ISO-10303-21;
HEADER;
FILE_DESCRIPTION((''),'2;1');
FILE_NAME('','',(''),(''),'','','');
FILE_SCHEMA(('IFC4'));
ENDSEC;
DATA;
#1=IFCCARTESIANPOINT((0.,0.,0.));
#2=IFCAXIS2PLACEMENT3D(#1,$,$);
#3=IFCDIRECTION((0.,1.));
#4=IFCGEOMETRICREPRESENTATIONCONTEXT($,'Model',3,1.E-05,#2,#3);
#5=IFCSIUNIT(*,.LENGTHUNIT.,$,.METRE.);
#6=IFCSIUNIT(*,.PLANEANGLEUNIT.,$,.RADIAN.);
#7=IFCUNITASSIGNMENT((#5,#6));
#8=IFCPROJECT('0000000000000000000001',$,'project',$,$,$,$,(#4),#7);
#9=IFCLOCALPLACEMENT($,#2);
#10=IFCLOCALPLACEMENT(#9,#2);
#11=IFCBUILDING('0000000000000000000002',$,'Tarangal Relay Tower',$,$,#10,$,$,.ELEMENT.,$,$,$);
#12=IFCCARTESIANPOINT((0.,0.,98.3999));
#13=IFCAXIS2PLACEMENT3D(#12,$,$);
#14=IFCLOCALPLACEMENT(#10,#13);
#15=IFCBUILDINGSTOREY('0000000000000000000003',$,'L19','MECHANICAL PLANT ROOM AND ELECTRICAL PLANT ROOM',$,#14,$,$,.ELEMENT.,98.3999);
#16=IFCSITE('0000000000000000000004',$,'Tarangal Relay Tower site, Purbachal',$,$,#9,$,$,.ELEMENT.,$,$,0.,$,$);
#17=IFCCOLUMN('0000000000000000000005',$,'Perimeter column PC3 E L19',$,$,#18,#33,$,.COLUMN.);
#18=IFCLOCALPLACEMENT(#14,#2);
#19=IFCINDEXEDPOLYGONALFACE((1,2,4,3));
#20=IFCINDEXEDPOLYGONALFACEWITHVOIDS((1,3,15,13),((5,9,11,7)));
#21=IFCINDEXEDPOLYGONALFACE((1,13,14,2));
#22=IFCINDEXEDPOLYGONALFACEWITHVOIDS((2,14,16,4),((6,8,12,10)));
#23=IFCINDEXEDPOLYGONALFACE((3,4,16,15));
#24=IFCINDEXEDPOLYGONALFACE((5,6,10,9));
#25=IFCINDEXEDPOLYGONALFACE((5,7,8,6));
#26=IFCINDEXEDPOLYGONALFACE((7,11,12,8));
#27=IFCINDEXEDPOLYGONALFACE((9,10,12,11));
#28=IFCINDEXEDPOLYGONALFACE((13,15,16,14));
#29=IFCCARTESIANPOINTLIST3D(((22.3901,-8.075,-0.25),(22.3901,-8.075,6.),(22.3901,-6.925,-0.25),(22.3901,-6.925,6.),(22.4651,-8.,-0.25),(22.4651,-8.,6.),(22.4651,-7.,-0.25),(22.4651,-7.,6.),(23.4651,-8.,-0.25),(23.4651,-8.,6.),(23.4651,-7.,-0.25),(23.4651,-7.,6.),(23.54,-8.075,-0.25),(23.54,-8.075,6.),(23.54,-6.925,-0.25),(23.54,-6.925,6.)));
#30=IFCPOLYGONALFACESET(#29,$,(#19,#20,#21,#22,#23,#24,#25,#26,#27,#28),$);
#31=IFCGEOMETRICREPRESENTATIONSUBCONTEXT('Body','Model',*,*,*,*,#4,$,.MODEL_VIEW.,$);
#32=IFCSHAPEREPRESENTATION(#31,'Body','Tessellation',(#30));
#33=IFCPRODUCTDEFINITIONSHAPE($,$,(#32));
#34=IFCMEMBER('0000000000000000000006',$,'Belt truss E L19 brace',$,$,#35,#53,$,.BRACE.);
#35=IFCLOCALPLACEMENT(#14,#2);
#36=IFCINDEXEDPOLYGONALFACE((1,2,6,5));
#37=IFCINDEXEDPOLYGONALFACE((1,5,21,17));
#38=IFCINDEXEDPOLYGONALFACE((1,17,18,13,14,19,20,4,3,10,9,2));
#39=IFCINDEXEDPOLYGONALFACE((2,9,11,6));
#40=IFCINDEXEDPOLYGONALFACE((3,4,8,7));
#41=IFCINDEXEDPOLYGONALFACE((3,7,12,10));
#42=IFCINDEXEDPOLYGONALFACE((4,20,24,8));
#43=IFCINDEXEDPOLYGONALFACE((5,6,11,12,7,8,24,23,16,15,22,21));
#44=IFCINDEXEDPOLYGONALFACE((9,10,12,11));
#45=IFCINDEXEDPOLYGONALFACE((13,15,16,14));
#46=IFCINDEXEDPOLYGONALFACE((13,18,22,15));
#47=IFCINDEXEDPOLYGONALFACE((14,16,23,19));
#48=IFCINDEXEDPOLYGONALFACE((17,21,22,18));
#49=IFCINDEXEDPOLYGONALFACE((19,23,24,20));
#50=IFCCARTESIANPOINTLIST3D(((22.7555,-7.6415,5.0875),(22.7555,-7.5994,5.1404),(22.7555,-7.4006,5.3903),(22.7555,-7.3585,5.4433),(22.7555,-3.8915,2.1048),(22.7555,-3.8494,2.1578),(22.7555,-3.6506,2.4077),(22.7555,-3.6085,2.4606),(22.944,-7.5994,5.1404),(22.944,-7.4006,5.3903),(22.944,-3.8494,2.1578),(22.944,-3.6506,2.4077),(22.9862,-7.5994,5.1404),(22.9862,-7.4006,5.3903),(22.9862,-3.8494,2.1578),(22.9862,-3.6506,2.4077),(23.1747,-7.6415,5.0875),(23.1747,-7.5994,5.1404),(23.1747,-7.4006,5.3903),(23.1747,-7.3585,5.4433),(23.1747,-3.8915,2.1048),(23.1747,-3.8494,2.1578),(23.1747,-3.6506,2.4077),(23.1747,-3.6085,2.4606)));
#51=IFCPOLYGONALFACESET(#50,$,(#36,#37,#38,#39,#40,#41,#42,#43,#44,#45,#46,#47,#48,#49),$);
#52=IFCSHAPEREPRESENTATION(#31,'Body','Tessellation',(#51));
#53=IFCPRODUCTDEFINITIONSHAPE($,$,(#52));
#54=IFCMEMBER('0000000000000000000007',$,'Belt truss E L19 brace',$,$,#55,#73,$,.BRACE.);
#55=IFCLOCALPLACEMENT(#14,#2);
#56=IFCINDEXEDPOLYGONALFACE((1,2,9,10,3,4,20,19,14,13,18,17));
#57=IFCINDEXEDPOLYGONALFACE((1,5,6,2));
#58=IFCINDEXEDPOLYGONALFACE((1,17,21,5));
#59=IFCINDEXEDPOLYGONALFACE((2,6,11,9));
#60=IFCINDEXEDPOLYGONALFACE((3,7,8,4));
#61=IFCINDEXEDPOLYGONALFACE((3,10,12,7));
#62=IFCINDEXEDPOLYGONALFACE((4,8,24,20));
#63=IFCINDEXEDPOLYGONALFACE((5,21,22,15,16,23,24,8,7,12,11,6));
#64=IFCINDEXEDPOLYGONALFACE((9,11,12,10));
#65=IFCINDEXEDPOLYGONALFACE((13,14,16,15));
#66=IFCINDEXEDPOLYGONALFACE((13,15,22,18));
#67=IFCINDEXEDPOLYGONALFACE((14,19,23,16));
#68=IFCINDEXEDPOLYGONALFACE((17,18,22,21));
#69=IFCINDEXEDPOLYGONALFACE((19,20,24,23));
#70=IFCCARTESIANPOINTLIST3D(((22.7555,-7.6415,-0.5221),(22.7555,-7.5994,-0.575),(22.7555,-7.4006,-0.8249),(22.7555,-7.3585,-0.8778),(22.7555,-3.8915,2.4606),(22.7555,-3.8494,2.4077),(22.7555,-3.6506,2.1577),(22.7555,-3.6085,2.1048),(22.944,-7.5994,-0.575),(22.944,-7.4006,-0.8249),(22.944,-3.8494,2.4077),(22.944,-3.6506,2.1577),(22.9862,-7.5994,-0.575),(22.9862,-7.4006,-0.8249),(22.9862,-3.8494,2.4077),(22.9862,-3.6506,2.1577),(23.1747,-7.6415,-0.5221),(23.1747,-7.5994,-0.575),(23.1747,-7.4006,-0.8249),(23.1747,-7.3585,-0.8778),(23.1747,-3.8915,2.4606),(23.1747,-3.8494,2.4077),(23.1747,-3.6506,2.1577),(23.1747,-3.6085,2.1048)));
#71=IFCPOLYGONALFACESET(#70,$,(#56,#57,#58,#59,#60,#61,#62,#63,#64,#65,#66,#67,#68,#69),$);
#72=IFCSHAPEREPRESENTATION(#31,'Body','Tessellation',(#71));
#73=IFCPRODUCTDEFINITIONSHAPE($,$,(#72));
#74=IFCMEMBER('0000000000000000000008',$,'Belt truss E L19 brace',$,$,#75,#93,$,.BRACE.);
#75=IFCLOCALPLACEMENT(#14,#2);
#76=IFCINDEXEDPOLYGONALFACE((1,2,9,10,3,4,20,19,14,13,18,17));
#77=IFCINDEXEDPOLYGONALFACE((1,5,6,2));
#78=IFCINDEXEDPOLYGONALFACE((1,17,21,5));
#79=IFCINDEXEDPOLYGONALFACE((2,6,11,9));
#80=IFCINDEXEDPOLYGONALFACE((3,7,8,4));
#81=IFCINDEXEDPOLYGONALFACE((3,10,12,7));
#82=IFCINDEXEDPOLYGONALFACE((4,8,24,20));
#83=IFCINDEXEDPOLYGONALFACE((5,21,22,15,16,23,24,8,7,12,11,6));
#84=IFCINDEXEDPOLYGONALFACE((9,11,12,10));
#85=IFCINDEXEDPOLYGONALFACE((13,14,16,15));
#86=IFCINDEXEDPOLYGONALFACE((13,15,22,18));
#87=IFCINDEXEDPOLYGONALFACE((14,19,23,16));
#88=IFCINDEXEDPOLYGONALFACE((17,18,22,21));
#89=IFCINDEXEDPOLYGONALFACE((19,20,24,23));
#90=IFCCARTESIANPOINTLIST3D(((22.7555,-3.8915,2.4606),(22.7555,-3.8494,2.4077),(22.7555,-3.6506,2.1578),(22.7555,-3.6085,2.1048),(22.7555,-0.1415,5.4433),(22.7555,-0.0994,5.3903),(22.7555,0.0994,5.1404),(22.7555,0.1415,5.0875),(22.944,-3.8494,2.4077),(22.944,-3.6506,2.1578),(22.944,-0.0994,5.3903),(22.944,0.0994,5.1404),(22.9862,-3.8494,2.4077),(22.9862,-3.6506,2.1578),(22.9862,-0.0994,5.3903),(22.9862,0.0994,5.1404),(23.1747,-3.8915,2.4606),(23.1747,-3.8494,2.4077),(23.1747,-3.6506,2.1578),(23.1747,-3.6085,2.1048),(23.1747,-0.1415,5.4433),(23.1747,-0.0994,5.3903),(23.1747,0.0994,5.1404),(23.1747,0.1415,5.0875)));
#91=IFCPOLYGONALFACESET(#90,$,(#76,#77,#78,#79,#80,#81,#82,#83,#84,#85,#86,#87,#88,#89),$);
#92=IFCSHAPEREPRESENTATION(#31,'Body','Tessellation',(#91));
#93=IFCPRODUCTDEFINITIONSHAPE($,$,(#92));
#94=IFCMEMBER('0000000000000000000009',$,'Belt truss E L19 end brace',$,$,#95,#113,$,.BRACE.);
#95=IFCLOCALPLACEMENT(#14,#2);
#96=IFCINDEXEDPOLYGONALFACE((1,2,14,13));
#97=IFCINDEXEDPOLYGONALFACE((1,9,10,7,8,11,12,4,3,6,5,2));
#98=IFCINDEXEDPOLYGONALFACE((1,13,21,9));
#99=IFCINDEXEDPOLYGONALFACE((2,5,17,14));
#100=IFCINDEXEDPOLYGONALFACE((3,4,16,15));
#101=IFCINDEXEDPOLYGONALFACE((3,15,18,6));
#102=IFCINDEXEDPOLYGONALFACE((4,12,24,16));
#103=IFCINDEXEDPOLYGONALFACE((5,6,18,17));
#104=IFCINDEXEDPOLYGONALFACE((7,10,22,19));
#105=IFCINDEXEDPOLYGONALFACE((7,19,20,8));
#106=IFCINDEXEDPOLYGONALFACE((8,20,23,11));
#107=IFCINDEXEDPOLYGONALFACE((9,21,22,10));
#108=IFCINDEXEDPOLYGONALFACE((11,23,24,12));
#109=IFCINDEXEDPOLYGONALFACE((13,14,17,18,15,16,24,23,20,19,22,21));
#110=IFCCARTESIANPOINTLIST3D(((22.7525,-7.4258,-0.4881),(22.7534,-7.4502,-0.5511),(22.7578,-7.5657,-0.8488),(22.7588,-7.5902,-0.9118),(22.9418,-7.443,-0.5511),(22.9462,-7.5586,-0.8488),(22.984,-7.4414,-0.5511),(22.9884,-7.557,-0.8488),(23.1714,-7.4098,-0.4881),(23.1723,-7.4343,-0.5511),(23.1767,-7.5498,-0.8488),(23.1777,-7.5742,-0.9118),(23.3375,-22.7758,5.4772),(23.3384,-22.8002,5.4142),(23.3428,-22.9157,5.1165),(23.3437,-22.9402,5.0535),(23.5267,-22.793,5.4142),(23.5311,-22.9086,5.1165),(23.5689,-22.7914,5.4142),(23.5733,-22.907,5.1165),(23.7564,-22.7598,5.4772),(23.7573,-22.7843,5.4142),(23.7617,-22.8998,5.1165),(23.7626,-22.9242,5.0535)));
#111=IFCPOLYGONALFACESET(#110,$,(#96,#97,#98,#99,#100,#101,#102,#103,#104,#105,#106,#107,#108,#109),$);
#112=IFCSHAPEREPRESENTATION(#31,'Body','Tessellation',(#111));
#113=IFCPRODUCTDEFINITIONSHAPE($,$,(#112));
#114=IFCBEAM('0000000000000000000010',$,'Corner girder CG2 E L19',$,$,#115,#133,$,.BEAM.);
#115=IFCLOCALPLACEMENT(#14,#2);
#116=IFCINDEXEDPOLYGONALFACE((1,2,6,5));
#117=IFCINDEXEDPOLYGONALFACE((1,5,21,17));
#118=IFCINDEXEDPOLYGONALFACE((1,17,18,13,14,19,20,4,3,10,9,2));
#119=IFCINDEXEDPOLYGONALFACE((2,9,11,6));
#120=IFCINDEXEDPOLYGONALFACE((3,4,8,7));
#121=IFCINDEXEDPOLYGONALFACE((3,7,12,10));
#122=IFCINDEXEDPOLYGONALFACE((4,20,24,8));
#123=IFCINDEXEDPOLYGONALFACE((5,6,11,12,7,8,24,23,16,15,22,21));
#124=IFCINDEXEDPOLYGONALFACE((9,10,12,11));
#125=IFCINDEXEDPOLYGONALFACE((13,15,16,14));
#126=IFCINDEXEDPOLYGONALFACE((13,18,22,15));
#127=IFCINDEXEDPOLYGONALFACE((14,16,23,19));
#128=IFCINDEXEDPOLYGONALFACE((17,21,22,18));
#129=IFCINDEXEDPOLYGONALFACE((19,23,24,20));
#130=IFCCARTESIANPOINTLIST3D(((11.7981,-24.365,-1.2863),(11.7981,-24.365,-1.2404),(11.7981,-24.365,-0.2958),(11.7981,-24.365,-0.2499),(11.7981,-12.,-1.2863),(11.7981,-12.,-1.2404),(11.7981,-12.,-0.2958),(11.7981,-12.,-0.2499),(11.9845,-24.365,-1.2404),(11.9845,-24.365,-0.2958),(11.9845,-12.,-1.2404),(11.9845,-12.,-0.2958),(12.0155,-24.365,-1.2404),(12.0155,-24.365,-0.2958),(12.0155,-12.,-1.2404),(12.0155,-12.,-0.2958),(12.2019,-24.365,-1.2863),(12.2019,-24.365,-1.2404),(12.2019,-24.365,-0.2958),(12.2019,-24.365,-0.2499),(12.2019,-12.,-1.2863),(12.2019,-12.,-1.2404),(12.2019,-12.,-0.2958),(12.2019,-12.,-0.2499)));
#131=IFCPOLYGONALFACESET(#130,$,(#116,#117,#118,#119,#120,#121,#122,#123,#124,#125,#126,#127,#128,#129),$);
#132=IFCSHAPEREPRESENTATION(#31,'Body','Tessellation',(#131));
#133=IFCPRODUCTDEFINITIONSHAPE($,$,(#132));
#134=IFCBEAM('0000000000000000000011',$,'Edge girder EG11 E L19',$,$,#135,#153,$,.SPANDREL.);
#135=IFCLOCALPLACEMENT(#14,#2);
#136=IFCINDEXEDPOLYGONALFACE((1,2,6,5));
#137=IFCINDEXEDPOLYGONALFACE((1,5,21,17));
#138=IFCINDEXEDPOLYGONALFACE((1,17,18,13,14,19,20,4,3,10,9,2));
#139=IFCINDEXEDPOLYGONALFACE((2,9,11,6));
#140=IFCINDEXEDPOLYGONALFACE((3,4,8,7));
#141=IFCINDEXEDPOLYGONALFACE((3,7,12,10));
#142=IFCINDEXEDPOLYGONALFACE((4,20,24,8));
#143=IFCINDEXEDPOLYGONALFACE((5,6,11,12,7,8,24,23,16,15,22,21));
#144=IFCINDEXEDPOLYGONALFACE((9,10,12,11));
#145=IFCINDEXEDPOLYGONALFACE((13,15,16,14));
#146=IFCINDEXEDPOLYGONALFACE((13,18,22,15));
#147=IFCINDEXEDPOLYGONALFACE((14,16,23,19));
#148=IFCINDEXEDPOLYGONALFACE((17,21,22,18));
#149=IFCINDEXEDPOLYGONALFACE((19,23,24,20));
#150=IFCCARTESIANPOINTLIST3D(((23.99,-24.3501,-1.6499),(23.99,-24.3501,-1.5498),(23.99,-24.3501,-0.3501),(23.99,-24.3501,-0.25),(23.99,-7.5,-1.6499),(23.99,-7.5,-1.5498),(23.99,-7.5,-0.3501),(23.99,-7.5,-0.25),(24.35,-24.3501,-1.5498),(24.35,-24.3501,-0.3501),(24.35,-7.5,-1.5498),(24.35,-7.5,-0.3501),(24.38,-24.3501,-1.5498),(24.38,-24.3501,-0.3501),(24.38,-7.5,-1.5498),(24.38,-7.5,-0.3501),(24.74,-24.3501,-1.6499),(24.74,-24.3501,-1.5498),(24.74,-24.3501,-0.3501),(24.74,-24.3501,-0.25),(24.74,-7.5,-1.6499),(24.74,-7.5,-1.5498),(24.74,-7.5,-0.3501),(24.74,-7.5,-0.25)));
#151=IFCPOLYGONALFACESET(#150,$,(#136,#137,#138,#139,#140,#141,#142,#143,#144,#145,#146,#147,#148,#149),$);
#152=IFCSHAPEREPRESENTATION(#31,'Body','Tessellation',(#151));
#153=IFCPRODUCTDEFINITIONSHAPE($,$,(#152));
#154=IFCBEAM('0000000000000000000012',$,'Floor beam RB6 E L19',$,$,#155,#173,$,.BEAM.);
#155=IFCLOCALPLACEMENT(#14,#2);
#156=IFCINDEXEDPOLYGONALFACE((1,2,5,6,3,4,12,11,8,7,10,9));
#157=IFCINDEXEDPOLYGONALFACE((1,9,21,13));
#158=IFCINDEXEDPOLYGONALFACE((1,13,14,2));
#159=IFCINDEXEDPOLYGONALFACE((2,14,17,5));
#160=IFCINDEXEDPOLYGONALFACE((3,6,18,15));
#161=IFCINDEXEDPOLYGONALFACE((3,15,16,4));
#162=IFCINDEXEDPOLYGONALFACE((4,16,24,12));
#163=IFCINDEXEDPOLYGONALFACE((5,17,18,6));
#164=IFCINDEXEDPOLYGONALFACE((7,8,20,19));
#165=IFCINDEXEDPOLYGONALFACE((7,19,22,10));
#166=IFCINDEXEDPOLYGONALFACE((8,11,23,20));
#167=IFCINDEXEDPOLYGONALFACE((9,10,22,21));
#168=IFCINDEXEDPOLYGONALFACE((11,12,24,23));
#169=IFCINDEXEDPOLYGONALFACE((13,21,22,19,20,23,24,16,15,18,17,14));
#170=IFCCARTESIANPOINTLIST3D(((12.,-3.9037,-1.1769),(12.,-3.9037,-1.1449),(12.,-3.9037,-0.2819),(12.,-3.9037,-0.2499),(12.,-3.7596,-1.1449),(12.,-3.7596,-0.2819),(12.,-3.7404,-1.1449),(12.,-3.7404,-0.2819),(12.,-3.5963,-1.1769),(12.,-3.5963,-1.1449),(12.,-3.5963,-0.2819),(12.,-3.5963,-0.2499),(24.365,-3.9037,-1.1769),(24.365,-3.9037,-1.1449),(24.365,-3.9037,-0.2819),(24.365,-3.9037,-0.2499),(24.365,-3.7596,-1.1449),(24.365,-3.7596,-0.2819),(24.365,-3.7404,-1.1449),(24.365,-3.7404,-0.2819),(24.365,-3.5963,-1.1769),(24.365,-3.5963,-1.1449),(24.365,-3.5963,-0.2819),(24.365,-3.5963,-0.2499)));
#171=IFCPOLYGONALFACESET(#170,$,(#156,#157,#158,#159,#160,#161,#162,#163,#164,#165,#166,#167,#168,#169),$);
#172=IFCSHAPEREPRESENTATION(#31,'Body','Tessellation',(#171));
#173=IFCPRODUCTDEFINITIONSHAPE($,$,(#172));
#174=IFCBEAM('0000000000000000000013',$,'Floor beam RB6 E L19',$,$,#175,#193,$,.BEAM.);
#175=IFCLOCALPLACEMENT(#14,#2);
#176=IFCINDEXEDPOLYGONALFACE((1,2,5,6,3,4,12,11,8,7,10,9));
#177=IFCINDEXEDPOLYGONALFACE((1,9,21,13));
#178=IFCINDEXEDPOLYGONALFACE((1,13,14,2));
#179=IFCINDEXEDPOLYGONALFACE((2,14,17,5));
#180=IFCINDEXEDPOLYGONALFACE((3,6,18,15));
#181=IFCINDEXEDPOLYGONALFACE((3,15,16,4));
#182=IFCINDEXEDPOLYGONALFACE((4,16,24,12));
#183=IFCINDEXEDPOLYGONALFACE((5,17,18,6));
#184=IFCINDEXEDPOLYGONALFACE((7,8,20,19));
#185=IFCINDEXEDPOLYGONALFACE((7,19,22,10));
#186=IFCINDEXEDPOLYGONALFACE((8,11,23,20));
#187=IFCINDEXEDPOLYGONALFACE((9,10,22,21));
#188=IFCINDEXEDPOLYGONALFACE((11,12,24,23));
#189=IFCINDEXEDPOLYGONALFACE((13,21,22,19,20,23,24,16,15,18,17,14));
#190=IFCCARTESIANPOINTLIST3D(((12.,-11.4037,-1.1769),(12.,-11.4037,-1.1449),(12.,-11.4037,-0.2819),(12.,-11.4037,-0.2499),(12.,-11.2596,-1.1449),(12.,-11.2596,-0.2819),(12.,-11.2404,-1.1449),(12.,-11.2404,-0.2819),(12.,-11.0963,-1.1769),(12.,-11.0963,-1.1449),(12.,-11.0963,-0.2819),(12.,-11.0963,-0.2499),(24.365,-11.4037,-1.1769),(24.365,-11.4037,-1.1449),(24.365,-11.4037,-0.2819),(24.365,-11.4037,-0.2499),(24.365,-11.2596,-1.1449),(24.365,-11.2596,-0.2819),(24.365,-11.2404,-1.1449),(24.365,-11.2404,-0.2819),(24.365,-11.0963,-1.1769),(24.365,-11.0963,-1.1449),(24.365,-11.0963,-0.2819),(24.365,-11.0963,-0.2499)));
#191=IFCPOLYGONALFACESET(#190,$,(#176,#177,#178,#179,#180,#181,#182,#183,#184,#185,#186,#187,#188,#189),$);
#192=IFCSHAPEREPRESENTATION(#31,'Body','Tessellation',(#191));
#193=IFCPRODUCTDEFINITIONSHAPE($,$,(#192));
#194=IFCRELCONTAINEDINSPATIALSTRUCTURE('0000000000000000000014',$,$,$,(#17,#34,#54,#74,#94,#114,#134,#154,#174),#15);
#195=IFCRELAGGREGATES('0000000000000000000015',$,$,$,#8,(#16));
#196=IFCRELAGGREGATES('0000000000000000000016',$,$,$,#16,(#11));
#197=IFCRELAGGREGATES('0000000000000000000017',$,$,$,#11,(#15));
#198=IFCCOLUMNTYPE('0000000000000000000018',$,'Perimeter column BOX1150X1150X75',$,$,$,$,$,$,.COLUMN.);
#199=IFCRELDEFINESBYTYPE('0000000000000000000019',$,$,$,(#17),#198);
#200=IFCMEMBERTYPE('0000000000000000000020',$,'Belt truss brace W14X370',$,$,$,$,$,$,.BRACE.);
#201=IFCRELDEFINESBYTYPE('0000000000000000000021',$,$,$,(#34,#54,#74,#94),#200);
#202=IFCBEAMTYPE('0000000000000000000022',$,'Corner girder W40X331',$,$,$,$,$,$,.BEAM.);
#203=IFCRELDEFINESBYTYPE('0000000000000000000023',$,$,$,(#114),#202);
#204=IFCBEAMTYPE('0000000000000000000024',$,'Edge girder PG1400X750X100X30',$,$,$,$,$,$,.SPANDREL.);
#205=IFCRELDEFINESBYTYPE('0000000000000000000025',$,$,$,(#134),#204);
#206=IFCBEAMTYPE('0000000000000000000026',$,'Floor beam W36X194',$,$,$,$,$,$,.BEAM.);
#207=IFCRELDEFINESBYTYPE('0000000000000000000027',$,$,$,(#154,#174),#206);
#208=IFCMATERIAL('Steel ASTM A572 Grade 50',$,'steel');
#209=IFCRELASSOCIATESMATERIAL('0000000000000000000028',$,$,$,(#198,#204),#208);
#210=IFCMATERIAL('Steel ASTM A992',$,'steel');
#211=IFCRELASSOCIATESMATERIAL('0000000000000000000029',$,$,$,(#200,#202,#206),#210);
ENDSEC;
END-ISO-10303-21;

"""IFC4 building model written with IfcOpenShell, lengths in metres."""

from ifc_helpers import new_model, si_unit, direction, frame, origin, origin_2d, place, context, subcontext, project, spatial, hollow_rectangle, i_section, extrude, material, material_profile, profile_set, type_object, element, save


model = new_model("IFC4")

# Units and contexts
model_context = context("Model", 3, precision=1e-05, world=origin(), true_north=direction((0.0, 1.0)))
body_context = subcontext(model_context, "Body", "Model", "MODEL_VIEW")
ifc_project = project(units=[si_unit("LENGTHUNIT", "METRE"), si_unit("PLANEANGLEUNIT", "RADIAN")], contexts=[model_context])

# Site, building, storey
site_placement = place(None, origin())
site = spatial("IfcSite", under=ifc_project, at=site_placement, Name="Tarangal Relay Tower site, Purbachal", CompositionType="ELEMENT", RefElevation=0.0)
building_placement = place(site_placement, origin())
building = spatial("IfcBuilding", under=site, at=building_placement, Name="Tarangal Relay Tower", CompositionType="ELEMENT")
storey_placement = place(building_placement, frame((0.0, 0.0, 98.3999)))
storey = spatial("IfcBuildingStorey", under=building, at=storey_placement, Name="L19", Description="MECHANICAL PLANT ROOM AND ELECTRICAL PLANT ROOM", CompositionType="ELEMENT", Elevation=98.3999)

# Column
ifc_material_1 = material(Name="Steel ASTM A572 Grade 50", Category="steel")
ifc_material_profile_1 = material_profile(ifc_material_1, hollow_rectangle(XDim=1.1499, YDim=1.1499, WallThickness=0.075, at=origin_2d()), Name="BOX1150X1150X75")
ifc_profile_set_1 = profile_set([ifc_material_profile_1], Name="Steel ASTM A572 Grade 50")
column_type = type_object("IfcColumnType", Name="Perimeter column BOX1150X1150X75", PredefinedType="COLUMN", material=ifc_profile_set_1)
column_placement = place(storey_placement, frame((22.9651, -7.5, -0.25), z_axis=(0.0, 0.0, 1.0), x_axis=(1.0, 0.0, 0.0)))
element("IfcColumn", 1, at=column_placement, inside=storey, type_object=column_type, Name="Perimeter column PC3 E L19", PredefinedType="COLUMN", context=body_context, shape_type="SweptSolid", body=[
    extrude(hollow_rectangle(XDim=1.1499, YDim=1.1499, WallThickness=0.075, at=origin_2d()), origin(), (0.0, 0.0, 1.0), 6.25),
])

# Members
ifc_material_2 = material(Name="Steel ASTM A992", Category="steel")
ifc_material_profile_2 = material_profile(ifc_material_2, i_section(OverallWidth=0.4192, OverallDepth=0.4546, WebThickness=0.0422, FlangeThickness=0.0676, at=origin_2d()), Name="W14X370")
ifc_profile_set_2 = profile_set([ifc_material_profile_2], Name="Steel ASTM A992")
member_type_1 = type_object("IfcMemberType", Name="Belt truss brace W14X370", PredefinedType="BRACE", material=ifc_profile_set_2)
for number, where, z_axis, x_axis, name in (
    (2, (22.9651, -3.75, 2.2827), (0.0, -0.78263, 0.622487), (1.0, 0.0, 0.0), "Belt truss E L19 brace"),
    (3, (22.9651, -7.5, -0.7), (0.0, 0.78263, 0.622487), (-1.0, 0.0, 0.0), "Belt truss E L19 brace"),
    (4, (22.9651, -3.75, 2.2827), (0.0, 0.78263, 0.622487), (-1.0, 0.0, 0.0), "Belt truss E L19 brace"),
):
    element("IfcMember", number, at=place(storey_placement, frame(where, z_axis=z_axis, x_axis=x_axis)), inside=storey, type_object=member_type_1, Name=name, PredefinedType="BRACE", context=body_context, shape_type="SweptSolid", body=[
        extrude(i_section(OverallWidth=0.4192, OverallDepth=0.4546, WebThickness=0.0422, FlangeThickness=0.0676, at=origin_2d()), origin(), (0.0, 0.0, 1.0), 4.7915),
    ])
member_1_placement = place(storey_placement, frame((22.9651, -7.5, -0.7), z_axis=(0.035498, -0.931502, 0.361999), x_axis=(0.999275, 0.03808, 0.0)))
element("IfcMember", 5, at=member_1_placement, inside=storey, type_object=member_type_1, Name="Belt truss E L19 end brace", PredefinedType="BRACE", context=body_context, shape_type="SweptSolid", body=[
    extrude(i_section(OverallWidth=0.4192, OverallDepth=0.4546, WebThickness=0.0422, FlangeThickness=0.0676, at=origin_2d()), origin(), (0.0, 0.0, 1.0), 16.4788),
])

# Beams
ifc_material_profile_3 = material_profile(ifc_material_2, i_section(OverallWidth=0.4038, OverallDepth=1.0364, WebThickness=0.031, FlangeThickness=0.0459, at=origin_2d()), Name="W40X331")
ifc_profile_set_3 = profile_set([ifc_material_profile_3], Name="Steel ASTM A992")
beam_type_1 = type_object("IfcBeamType", Name="Corner girder W40X331", PredefinedType="BEAM", material=ifc_profile_set_3)
beam_1_placement = place(storey_placement, frame((12.0, -12.0, -0.7681), z_axis=(0.0, -1.0, 0.0), x_axis=(1.0, 0.0, 0.0)))
element("IfcBeam", 6, at=beam_1_placement, inside=storey, type_object=beam_type_1, Name="Corner girder CG2 E L19", PredefinedType="BEAM", context=body_context, shape_type="SweptSolid", body=[
    extrude(i_section(OverallWidth=0.4038, OverallDepth=1.0364, WebThickness=0.031, FlangeThickness=0.0459, at=origin_2d()), origin(), (0.0, 0.0, 1.0), 12.365),
])
ifc_material_profile_4 = material_profile(ifc_material_1, i_section(OverallWidth=0.75, OverallDepth=1.3999, WebThickness=0.03, FlangeThickness=0.1001, at=origin_2d()), Name="PG1400X750X100X30")
ifc_profile_set_4 = profile_set([ifc_material_profile_4], Name="Steel ASTM A572 Grade 50")
beam_type_2 = type_object("IfcBeamType", Name="Edge girder PG1400X750X100X30", PredefinedType="SPANDREL", material=ifc_profile_set_4)
beam_2_placement = place(storey_placement, frame((24.365, -7.5, -0.95), z_axis=(0.0, -1.0, 0.0), x_axis=(1.0, 0.0, 0.0)))
element("IfcBeam", 7, at=beam_2_placement, inside=storey, type_object=beam_type_2, Name="Edge girder EG11 E L19", PredefinedType="SPANDREL", context=body_context, shape_type="SweptSolid", body=[
    extrude(i_section(OverallWidth=0.75, OverallDepth=1.3999, WebThickness=0.03, FlangeThickness=0.1001, at=origin_2d()), origin(), (0.0, 0.0, 1.0), 16.8501),
])
ifc_material_profile_5 = material_profile(ifc_material_2, i_section(OverallWidth=0.3074, OverallDepth=0.927, WebThickness=0.0193, FlangeThickness=0.032, at=origin_2d()), Name="W36X194")
ifc_profile_set_5 = profile_set([ifc_material_profile_5], Name="Steel ASTM A992")
beam_type_3 = type_object("IfcBeamType", Name="Floor beam W36X194", PredefinedType="BEAM", material=ifc_profile_set_5)
for number, where, z_axis, x_axis, name in (
    (8, (12.0, -3.75, -0.7134), (1.0, 0.0, 0.0), (0.0, 1.0, 0.0), "Floor beam RB6 E L19"),
    (9, (12.0, -11.25, -0.7134), (1.0, 0.0, 0.0), (0.0, 1.0, 0.0), "Floor beam RB6 E L19"),
):
    element("IfcBeam", number, at=place(storey_placement, frame(where, z_axis=z_axis, x_axis=x_axis)), inside=storey, type_object=beam_type_3, Name=name, PredefinedType="BEAM", context=body_context, shape_type="SweptSolid", body=[
        extrude(i_section(OverallWidth=0.3074, OverallDepth=0.927, WebThickness=0.0193, FlangeThickness=0.032, at=origin_2d()), origin(), (0.0, 0.0, 1.0), 12.365),
    ])

save(model, "model.ifc")
